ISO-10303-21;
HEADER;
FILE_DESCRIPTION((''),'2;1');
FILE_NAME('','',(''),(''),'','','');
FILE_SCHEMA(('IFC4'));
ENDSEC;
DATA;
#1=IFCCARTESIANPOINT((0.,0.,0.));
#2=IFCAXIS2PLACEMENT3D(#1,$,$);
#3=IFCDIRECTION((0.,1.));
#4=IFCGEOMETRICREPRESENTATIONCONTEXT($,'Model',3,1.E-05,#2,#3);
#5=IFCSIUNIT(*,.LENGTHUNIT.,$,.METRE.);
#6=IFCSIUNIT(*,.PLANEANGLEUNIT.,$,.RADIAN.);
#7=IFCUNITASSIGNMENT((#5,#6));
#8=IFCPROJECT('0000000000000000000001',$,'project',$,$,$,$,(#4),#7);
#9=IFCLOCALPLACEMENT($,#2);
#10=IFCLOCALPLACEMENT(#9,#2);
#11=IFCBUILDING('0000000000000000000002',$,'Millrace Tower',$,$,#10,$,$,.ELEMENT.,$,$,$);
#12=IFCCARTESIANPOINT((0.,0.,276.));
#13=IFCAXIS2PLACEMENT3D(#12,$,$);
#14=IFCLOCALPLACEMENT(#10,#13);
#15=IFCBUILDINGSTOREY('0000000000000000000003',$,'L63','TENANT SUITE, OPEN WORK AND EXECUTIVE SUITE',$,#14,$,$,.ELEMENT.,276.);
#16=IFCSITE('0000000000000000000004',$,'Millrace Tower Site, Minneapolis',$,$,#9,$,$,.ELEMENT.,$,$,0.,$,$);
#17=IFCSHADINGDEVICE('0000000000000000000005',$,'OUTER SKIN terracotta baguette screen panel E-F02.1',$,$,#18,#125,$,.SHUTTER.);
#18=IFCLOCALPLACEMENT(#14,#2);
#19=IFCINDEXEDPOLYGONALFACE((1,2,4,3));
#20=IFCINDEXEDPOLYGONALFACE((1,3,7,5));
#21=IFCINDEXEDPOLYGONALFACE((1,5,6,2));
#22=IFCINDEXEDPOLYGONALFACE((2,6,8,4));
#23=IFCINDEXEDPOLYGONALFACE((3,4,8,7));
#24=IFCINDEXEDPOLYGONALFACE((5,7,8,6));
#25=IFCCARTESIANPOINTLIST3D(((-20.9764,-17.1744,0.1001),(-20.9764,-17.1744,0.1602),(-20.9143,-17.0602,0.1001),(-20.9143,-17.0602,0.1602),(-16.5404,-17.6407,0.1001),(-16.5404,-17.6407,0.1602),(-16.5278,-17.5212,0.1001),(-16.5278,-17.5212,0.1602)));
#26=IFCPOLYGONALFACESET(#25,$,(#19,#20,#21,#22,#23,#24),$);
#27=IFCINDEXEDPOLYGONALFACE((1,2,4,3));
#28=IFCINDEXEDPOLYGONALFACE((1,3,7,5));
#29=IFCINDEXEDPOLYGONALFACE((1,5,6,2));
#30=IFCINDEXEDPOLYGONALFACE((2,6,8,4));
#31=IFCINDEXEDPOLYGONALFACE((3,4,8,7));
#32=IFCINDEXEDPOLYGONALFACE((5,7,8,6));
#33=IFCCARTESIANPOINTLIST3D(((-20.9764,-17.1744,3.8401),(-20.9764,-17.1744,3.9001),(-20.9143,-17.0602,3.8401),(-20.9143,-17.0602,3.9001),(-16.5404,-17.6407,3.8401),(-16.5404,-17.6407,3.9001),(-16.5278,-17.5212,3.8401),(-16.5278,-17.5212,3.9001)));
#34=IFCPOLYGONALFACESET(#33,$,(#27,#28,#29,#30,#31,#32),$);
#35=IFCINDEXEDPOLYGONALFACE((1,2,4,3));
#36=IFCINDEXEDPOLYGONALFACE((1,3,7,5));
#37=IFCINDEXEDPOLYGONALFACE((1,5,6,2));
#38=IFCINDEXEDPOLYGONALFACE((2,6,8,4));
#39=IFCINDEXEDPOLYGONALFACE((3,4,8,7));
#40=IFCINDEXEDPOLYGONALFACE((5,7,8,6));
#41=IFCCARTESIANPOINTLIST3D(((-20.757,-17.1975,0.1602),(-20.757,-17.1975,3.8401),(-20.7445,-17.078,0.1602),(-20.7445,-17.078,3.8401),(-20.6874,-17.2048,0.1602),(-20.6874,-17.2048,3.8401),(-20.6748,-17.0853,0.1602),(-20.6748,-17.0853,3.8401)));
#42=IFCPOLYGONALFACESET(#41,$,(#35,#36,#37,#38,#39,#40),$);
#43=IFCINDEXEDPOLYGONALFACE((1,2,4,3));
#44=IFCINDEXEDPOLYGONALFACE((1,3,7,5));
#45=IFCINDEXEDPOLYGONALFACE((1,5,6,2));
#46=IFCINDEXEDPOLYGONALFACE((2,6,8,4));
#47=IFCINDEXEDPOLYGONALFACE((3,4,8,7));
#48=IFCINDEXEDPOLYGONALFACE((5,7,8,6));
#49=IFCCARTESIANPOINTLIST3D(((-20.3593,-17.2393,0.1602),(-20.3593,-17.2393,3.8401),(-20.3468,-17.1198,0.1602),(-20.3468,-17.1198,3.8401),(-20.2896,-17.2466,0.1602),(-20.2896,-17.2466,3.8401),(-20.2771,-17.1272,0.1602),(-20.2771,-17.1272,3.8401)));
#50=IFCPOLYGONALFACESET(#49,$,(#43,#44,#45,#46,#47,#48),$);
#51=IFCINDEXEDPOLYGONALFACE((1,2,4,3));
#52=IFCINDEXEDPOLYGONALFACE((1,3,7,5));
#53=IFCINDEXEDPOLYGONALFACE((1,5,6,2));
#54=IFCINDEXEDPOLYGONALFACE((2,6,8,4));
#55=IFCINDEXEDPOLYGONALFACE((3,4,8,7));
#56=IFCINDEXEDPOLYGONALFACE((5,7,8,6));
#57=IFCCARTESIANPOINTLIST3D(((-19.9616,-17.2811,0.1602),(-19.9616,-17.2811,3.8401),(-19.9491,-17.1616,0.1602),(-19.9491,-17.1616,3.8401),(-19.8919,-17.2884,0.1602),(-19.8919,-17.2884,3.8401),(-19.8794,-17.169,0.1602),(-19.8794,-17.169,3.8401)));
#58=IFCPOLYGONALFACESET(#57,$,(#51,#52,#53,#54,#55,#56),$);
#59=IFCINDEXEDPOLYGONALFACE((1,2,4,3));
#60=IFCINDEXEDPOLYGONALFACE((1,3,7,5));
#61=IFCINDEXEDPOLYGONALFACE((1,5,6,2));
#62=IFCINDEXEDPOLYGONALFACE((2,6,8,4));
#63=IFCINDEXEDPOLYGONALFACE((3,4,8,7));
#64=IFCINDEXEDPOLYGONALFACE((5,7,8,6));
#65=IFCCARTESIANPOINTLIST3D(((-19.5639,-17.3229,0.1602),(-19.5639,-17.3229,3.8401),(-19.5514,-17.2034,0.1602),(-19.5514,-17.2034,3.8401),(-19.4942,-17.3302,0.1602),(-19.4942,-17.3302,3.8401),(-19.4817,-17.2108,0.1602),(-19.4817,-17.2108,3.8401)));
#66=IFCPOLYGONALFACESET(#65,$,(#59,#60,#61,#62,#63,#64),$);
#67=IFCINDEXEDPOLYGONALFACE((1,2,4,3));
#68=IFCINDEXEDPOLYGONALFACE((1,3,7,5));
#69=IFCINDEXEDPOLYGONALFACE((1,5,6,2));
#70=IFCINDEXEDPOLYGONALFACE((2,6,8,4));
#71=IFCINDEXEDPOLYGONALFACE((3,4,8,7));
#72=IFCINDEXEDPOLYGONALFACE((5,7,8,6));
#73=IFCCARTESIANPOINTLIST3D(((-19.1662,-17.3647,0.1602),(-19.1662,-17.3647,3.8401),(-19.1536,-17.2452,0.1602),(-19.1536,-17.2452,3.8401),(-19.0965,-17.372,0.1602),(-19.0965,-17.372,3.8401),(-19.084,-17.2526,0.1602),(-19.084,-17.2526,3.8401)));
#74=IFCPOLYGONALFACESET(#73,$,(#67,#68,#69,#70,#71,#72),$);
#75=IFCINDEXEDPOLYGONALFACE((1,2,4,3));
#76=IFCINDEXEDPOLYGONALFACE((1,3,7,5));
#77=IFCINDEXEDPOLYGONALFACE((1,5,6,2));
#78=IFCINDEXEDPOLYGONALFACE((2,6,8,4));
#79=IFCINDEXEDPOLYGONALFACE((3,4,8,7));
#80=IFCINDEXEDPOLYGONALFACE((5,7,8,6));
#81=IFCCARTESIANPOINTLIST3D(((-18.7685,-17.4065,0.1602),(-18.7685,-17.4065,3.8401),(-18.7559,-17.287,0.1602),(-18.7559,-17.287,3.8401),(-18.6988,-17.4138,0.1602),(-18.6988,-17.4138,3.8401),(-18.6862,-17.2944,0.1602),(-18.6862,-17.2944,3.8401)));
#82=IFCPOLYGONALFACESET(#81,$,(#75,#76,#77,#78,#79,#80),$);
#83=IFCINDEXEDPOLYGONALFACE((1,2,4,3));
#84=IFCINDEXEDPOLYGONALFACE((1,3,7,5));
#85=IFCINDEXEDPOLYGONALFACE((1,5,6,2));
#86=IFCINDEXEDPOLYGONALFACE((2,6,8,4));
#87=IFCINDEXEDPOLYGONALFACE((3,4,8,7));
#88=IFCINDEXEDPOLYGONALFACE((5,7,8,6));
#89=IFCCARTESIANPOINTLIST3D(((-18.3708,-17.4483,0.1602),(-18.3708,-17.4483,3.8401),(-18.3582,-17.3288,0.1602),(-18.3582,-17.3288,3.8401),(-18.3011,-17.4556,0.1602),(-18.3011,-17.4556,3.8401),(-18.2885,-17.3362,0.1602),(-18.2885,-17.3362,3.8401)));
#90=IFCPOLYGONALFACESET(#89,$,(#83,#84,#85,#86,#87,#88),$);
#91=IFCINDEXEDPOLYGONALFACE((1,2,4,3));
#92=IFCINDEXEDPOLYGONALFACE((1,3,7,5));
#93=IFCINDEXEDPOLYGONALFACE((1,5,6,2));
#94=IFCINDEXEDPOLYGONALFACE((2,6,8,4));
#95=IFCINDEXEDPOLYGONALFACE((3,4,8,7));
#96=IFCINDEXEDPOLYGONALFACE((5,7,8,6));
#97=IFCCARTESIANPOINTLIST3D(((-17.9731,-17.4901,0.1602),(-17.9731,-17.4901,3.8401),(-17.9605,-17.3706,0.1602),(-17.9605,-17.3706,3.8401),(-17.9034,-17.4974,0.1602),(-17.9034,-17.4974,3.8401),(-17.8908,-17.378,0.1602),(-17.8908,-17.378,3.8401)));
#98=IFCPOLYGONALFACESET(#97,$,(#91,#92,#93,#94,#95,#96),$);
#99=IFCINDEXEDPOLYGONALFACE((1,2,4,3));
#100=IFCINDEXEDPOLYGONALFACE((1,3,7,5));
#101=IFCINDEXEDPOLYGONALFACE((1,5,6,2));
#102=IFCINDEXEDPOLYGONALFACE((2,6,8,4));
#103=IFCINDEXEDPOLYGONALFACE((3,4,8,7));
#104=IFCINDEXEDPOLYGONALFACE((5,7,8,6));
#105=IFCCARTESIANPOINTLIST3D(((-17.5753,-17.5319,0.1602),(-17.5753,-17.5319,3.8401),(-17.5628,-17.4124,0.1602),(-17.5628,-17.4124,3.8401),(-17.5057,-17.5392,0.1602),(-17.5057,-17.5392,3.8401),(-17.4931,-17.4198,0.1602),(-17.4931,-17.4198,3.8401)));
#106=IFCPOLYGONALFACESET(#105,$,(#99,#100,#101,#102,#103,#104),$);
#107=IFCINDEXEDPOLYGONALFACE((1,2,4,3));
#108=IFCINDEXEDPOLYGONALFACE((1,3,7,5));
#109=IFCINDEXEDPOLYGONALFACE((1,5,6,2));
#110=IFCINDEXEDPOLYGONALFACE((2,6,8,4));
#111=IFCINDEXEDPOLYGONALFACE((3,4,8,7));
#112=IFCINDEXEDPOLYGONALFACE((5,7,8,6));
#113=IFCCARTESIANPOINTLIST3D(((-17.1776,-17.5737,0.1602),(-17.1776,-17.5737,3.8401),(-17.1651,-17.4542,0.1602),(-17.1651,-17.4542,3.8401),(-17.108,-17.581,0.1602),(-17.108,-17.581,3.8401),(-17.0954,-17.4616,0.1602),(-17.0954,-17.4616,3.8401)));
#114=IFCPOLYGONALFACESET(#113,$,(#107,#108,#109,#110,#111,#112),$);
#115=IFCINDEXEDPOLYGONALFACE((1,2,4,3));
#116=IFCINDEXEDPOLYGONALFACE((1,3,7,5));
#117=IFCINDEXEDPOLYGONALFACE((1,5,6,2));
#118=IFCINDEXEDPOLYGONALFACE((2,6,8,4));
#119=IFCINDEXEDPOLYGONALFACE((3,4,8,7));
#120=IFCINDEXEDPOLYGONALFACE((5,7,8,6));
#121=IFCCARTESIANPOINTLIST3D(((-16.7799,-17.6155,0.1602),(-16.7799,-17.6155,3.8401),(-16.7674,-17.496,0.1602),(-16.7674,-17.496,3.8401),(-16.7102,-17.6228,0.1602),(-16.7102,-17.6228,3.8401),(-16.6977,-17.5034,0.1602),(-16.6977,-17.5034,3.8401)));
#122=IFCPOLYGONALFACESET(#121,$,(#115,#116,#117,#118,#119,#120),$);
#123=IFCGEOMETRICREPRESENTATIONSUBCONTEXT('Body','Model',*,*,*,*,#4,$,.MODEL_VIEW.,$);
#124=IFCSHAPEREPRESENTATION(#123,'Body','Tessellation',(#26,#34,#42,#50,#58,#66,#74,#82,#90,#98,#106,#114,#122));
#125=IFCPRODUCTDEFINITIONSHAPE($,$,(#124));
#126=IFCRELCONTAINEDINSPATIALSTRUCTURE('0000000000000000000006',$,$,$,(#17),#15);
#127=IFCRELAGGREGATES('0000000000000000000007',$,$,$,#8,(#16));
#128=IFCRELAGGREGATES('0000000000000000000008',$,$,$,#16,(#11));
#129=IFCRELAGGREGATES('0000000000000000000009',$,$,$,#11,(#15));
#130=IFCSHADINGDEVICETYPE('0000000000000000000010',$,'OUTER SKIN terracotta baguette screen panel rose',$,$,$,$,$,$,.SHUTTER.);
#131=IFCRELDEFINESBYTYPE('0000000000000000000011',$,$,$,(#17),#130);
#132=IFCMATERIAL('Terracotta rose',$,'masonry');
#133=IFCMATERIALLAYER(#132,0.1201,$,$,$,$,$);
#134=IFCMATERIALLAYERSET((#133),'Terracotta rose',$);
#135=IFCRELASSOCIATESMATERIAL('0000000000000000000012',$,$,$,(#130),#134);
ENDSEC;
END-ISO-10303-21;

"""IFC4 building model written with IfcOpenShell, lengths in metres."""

from ifc_helpers import new_model, entity, si_unit, direction, frame, frame_2d, origin, place, context, subcontext, project, spatial, rectangle, extrude, source, transform, mapped, material, layer, layer_set, type_object, element, save


model = new_model("IFC4")

# Units and contexts
model_context = context("Model", 3, precision=1e-05, world=origin(), true_north=direction((0.0, 1.0)))
body_context = subcontext(model_context, "Body", "Model", "MODEL_VIEW")
ifc_project = project(units=[si_unit("LENGTHUNIT", "METRE"), si_unit("PLANEANGLEUNIT", "RADIAN")], contexts=[model_context])

# Site, building, storey
site_placement = place(None, origin())
site = spatial("IfcSite", under=ifc_project, at=site_placement, Name="Millrace Tower Site, Minneapolis", CompositionType="ELEMENT", RefElevation=0.0)
building_placement = place(site_placement, origin())
building = spatial("IfcBuilding", under=site, at=building_placement, Name="Millrace Tower", CompositionType="ELEMENT")
storey_placement = place(building_placement, frame((0.0, 0.0, 276.0)))
storey = spatial("IfcBuildingStorey", under=building, at=storey_placement, Name="L63", Description="TENANT SUITE, OPEN WORK AND EXECUTIVE SUITE", CompositionType="ELEMENT", Elevation=276.0)

# Shading device
ifc_material_1 = material(Name="Terracotta rose", Category="masonry")
ifc_layer_1 = layer(ifc_material_1, 0.1201)
ifc_layer_set_1 = layer_set([ifc_layer_1], Name="Terracotta rose")
shading_device_type = type_object("IfcShadingDeviceType", Name="OUTER SKIN terracotta baguette screen panel rose", PredefinedType="SHUTTER", material=ifc_layer_set_1)
cartesian_point_1 = entity("IfcCartesianPoint", [-2.1929, 0.0601])
shared_polyline_1 = entity("IfcPolyline", [cartesian_point_1, entity("IfcCartesianPoint", [2.2178, 0.0601]), entity("IfcCartesianPoint", [2.2178, -0.0601]), entity("IfcCartesianPoint", [-2.2427, -0.0601]), cartesian_point_1])
shared_shape_1 = source(origin(), body_context, "Body", "SweptSolid", [
    entity("IfcExtrudedAreaSolid", entity("IfcArbitraryClosedProfileDef", "AREA", None, shared_polyline_1), entity("IfcAxis2Placement3D", entity("IfcCartesianPoint", [0.0, 0.0, 0.0])), entity("IfcDirection", [0.0, 0.0, 1.0]), 0.0601),
    entity("IfcExtrudedAreaSolid", entity("IfcArbitraryClosedProfileDef", "AREA", None, shared_polyline_1), entity("IfcAxis2Placement3D", entity("IfcCartesianPoint", [0.0, 0.0, 3.74])), entity("IfcDirection", [0.0, 0.0, 1.0]), 0.0601),
    extrude(rectangle(XDim=0.0701, YDim=0.1201, at=frame_2d((-1.9871, 0.0))), frame((0.0, 0.0, 0.0601)), (0.0, 0.0, 1.0), 3.6799),
    extrude(rectangle(XDim=0.0701, YDim=0.1201, at=frame_2d((-1.5872, 0.0))), frame((0.0, 0.0, 0.0601)), (0.0, 0.0, 1.0), 3.6799),
    extrude(rectangle(XDim=0.0701, YDim=0.1201, at=frame_2d((-1.1873, 0.0))), frame((0.0, 0.0, 0.0601)), (0.0, 0.0, 1.0), 3.6799),
    extrude(rectangle(XDim=0.0701, YDim=0.1201, at=frame_2d((-0.7874, 0.0))), frame((0.0, 0.0, 0.0601)), (0.0, 0.0, 1.0), 3.6799),
    extrude(rectangle(XDim=0.0701, YDim=0.1201, at=frame_2d((-0.3875, 0.0))), frame((0.0, 0.0, 0.0601)), (0.0, 0.0, 1.0), 3.6799),
    extrude(rectangle(XDim=0.0701, YDim=0.1201, at=frame_2d((0.0125, 0.0))), frame((0.0, 0.0, 0.0601)), (0.0, 0.0, 1.0), 3.6799),
    extrude(rectangle(XDim=0.0701, YDim=0.1201, at=frame_2d((0.4124, 0.0))), frame((0.0, 0.0, 0.0601)), (0.0, 0.0, 1.0), 3.6799),
    extrude(rectangle(XDim=0.0701, YDim=0.1201, at=frame_2d((0.8123, 0.0))), frame((0.0, 0.0, 0.0601)), (0.0, 0.0, 1.0), 3.6799),
    extrude(rectangle(XDim=0.0701, YDim=0.1201, at=frame_2d((1.2122, 0.0))), frame((0.0, 0.0, 0.0601)), (0.0, 0.0, 1.0), 3.6799),
    extrude(rectangle(XDim=0.0701, YDim=0.1201, at=frame_2d((1.6121, 0.0))), frame((0.0, 0.0, 0.0601)), (0.0, 0.0, 1.0), 3.6799),
    extrude(rectangle(XDim=0.0701, YDim=0.1201, at=frame_2d((2.012, 0.0))), frame((0.0, 0.0, 0.0601)), (0.0, 0.0, 1.0), 3.6799),
])
shading_device_1_placement = place(storey_placement, frame((-18.7397, -17.3491, 0.1001), z_axis=(0.0, 0.0, 1.0), x_axis=(0.994522, -0.104528, 0.0)))
element("IfcShadingDevice", 1, at=shading_device_1_placement, inside=storey, type_object=shading_device_type, Name="OUTER SKIN terracotta baguette screen panel E-F02.1", PredefinedType="SHUTTER", context=body_context, shape_type="MappedRepresentation", body=[
    mapped(shared_shape_1, transform((0.0, 0.0, 0.0), scale=1.0)),
])

save(model, "model.ifc")
